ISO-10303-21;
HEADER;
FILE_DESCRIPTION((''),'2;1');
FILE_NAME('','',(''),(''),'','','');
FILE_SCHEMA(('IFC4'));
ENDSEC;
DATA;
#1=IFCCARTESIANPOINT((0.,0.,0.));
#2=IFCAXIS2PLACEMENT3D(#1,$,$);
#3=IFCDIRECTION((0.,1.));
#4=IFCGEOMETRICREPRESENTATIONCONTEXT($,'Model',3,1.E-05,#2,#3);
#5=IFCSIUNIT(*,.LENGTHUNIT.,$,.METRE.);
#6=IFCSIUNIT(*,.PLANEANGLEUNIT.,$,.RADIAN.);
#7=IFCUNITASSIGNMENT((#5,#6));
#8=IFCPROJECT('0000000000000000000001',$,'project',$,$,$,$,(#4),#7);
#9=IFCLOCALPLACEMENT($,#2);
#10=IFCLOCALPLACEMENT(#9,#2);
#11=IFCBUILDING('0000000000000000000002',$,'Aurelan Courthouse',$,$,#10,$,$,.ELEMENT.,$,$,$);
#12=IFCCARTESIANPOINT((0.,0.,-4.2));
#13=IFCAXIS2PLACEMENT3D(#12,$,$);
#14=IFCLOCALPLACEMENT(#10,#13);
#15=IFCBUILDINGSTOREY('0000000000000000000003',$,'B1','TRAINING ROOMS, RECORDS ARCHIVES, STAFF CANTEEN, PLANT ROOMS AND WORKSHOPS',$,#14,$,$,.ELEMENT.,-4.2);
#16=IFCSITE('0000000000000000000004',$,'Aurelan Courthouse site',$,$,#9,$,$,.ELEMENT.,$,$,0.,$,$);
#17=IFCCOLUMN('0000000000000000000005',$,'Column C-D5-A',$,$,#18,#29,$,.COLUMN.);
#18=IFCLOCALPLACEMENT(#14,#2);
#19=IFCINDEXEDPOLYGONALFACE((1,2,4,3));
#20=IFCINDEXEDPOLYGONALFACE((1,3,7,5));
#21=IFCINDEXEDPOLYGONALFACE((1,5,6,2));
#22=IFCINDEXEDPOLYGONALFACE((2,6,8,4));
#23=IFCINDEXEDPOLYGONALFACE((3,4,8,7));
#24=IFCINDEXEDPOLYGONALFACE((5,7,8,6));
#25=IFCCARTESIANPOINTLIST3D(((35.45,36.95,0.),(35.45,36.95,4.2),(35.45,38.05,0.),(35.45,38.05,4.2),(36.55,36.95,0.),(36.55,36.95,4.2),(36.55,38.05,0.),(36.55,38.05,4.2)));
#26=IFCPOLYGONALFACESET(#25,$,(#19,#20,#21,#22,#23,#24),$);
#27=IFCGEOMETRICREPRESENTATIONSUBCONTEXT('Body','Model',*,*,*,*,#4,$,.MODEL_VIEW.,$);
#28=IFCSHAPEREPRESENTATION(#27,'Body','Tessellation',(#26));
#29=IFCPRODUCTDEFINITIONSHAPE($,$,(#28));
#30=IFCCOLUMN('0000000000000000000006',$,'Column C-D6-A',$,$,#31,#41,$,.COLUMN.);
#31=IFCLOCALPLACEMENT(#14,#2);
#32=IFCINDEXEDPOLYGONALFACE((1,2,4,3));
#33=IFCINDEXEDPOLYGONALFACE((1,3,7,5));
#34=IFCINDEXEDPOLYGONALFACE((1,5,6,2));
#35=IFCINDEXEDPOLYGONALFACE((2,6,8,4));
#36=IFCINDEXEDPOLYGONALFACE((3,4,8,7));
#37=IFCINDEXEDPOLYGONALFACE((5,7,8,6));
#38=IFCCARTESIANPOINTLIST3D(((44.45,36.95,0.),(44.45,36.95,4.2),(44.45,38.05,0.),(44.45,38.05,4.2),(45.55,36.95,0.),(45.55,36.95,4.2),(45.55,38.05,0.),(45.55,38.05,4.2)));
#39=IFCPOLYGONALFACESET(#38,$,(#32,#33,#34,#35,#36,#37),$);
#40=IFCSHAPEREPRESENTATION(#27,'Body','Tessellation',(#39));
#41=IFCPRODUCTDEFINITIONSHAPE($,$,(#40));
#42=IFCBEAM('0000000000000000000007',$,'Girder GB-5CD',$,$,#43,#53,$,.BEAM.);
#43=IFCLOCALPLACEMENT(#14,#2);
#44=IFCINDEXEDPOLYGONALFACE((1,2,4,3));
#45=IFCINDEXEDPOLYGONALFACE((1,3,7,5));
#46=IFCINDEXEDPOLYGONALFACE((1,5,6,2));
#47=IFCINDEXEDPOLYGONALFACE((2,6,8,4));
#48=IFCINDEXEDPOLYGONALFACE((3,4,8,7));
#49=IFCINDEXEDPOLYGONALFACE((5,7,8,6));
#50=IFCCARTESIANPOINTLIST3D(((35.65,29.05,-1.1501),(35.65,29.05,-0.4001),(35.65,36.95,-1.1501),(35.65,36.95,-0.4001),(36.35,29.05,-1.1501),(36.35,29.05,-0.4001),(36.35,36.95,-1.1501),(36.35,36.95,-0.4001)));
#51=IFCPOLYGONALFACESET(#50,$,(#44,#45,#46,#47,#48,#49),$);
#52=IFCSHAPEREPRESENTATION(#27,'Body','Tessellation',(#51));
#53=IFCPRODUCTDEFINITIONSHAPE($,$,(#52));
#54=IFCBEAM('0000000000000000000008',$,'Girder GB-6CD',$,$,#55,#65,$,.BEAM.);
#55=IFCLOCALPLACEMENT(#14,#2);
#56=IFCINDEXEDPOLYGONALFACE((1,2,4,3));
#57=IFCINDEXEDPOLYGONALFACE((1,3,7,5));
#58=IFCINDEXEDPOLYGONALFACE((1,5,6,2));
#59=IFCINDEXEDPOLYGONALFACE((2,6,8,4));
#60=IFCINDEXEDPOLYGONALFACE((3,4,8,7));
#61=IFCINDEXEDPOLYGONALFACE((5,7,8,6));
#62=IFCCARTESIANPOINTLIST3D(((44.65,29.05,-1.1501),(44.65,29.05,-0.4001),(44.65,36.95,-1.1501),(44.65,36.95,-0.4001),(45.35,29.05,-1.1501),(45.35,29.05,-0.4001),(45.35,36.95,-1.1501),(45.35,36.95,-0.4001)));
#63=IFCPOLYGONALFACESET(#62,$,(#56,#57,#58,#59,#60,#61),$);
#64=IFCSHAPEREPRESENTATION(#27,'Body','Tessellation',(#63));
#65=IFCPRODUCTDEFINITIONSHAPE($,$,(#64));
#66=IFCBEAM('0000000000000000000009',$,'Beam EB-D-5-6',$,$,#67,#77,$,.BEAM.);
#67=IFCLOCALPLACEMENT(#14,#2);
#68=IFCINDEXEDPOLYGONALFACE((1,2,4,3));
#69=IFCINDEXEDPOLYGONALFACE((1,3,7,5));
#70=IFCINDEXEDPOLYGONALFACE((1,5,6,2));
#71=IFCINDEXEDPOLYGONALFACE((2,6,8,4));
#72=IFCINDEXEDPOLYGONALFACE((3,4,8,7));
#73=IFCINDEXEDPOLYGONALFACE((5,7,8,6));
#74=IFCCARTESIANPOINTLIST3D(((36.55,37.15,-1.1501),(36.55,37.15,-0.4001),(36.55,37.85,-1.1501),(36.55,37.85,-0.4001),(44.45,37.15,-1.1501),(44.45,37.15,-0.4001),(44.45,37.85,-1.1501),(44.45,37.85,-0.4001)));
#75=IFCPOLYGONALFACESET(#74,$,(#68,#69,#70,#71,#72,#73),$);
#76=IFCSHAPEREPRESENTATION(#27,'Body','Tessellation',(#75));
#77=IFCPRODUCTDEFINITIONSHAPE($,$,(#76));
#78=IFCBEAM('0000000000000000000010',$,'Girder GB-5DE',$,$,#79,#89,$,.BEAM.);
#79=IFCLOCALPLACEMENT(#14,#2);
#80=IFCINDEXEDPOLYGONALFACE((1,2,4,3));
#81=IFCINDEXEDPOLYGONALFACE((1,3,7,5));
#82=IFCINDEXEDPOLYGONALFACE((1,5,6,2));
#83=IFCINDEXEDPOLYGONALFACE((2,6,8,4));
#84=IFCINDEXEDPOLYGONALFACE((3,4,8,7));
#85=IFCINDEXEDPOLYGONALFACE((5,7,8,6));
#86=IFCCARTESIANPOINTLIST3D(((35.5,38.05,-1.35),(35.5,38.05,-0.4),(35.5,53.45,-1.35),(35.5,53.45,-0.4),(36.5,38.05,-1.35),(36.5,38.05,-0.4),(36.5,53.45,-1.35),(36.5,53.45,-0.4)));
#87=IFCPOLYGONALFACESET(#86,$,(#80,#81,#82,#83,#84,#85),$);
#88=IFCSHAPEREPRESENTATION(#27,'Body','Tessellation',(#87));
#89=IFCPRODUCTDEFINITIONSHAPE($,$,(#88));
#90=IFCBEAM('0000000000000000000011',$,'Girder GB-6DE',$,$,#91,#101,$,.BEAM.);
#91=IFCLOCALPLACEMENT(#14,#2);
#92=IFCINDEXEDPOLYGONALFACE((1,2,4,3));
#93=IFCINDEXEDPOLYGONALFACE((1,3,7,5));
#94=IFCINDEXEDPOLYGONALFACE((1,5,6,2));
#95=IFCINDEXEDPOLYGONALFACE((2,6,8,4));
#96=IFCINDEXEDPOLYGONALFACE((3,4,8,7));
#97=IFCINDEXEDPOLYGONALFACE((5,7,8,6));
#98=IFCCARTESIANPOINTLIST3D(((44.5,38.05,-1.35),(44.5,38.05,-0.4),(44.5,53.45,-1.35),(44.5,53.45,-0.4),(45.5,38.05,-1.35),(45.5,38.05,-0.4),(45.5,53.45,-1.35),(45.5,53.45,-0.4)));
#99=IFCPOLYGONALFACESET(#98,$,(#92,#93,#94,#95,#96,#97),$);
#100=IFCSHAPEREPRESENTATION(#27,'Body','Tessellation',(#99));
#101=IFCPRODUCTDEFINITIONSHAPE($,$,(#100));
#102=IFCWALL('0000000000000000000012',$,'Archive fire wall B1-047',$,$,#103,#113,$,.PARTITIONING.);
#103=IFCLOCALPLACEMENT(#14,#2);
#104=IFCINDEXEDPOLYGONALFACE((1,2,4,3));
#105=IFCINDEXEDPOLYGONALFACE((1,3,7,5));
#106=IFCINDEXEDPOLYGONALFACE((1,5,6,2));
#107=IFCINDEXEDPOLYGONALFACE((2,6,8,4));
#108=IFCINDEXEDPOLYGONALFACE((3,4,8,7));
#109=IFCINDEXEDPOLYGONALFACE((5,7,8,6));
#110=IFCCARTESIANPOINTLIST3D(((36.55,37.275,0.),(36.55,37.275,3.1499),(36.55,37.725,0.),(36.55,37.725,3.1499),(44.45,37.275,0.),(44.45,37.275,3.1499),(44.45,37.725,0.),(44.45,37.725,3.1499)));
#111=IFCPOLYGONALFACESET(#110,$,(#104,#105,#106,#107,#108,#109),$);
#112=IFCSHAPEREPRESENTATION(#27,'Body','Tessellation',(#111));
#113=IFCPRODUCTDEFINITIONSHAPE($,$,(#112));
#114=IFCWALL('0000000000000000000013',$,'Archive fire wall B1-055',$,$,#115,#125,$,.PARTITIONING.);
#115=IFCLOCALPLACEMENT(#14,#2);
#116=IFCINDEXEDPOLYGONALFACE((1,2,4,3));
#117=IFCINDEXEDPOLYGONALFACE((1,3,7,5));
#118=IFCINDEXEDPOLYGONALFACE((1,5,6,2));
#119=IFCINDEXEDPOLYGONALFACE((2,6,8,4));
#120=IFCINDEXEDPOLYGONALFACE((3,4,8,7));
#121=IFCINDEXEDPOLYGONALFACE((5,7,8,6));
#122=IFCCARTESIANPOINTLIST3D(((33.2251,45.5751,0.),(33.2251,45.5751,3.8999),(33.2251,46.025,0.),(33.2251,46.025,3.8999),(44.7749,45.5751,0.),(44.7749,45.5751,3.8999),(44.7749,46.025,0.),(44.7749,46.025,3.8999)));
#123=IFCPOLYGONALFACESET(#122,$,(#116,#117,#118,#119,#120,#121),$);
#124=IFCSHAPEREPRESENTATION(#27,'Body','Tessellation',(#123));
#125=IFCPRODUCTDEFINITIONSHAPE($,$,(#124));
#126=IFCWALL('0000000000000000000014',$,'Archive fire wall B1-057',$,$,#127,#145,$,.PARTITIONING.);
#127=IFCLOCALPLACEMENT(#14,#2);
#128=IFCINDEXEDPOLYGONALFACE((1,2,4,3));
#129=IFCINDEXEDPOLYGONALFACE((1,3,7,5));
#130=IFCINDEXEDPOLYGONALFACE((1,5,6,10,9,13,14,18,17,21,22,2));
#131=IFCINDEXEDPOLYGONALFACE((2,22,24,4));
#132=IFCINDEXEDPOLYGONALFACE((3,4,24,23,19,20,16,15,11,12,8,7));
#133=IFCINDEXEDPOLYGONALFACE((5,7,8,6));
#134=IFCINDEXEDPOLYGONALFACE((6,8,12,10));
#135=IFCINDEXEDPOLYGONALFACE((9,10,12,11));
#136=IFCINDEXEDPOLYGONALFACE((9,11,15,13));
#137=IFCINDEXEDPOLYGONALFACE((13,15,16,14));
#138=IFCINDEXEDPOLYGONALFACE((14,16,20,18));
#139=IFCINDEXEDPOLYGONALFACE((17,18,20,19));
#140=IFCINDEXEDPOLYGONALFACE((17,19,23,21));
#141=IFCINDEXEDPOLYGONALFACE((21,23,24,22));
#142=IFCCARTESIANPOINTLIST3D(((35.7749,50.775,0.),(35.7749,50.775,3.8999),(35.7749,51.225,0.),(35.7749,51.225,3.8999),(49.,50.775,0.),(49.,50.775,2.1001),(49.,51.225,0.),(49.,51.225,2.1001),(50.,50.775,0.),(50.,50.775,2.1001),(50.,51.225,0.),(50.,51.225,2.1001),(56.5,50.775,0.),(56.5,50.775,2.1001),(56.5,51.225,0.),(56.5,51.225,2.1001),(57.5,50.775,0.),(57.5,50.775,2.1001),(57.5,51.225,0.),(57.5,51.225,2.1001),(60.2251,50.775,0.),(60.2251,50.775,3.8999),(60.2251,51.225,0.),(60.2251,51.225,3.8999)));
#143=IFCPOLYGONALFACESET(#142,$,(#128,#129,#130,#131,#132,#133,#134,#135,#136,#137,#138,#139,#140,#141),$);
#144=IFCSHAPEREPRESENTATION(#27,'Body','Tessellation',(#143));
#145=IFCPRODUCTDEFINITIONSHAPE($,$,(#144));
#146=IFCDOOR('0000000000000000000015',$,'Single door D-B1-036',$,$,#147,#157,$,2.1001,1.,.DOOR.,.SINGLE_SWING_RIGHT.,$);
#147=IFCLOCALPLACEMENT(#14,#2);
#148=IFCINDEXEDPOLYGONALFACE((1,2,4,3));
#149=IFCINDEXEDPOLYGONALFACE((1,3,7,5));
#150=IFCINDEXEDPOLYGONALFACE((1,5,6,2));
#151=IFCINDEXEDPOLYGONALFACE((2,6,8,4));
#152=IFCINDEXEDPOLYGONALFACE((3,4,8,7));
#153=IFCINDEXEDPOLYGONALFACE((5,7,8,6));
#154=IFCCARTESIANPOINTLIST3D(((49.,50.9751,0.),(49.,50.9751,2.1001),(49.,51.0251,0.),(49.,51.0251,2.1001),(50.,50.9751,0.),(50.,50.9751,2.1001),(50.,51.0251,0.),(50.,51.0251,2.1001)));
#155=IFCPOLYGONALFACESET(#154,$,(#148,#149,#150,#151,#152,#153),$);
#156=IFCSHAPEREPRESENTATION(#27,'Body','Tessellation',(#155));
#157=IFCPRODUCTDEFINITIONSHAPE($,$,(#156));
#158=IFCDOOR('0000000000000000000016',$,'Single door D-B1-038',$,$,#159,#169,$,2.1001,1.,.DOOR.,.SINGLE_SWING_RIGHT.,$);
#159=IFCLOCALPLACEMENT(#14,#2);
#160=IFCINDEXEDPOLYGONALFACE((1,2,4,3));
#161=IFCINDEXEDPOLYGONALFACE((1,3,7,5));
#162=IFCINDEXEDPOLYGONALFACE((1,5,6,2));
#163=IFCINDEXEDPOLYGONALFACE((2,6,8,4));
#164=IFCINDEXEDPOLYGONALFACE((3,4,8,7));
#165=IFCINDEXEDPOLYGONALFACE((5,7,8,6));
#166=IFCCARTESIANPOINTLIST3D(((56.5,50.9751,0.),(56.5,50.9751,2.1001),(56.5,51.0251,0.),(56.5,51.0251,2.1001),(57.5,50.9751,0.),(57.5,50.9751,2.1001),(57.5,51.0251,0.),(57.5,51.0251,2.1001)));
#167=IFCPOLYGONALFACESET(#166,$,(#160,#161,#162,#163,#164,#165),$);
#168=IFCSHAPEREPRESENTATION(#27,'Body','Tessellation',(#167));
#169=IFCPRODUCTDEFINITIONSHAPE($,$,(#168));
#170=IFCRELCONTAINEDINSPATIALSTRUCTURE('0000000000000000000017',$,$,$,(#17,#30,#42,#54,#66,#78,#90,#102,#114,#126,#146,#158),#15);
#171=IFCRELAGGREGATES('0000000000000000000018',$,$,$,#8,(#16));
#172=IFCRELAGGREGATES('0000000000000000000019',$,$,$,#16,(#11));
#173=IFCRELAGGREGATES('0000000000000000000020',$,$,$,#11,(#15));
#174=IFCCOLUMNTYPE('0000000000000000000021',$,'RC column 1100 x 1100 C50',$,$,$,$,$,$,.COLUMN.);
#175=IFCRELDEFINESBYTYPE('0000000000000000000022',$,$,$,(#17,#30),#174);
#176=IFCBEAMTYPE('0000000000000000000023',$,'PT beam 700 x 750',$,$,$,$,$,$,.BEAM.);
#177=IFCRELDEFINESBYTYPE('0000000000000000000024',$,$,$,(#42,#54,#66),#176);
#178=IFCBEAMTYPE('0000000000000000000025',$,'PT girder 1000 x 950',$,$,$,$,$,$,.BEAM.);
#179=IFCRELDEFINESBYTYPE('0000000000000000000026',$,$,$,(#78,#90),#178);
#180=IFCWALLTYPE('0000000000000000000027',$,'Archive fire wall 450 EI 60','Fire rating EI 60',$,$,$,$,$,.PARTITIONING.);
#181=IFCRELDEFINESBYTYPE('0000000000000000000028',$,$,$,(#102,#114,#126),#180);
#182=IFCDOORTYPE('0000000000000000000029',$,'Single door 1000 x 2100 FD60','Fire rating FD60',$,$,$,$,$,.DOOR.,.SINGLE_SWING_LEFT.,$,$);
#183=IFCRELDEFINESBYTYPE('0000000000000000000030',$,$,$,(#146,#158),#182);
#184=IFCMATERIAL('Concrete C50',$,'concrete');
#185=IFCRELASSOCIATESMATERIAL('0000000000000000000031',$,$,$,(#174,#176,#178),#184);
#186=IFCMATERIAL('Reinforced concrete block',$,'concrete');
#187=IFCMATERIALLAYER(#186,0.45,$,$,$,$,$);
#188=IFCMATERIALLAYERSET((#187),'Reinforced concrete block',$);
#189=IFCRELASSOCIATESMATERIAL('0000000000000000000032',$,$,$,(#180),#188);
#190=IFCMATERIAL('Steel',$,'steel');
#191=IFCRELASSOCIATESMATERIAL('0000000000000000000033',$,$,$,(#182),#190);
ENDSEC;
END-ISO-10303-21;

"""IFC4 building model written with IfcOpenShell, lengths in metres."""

from ifc_helpers import new_model, si_unit, direction, frame, frame_2d, origin, origin_2d, place, context, subcontext, project, spatial, rectangle, extrude, material, layer, layer_set, material_profile, profile_set, type_object, element, fill, save


model = new_model("IFC4")

# Units and contexts
model_context = context("Model", 3, precision=1e-05, world=origin(), true_north=direction((0.0, 1.0)))
body_context = subcontext(model_context, "Body", "Model", "MODEL_VIEW")
ifc_project = project(units=[si_unit("LENGTHUNIT", "METRE"), si_unit("PLANEANGLEUNIT", "RADIAN")], contexts=[model_context])

# Site, building, storey
site_placement = place(None, origin())
site = spatial("IfcSite", under=ifc_project, at=site_placement, Name="Aurelan Courthouse site", CompositionType="ELEMENT", RefElevation=0.0)
building_placement = place(site_placement, origin())
building = spatial("IfcBuilding", under=site, at=building_placement, Name="Aurelan Courthouse", CompositionType="ELEMENT")
storey_placement = place(building_placement, frame((0.0, 0.0, -4.2)))
storey = spatial("IfcBuildingStorey", under=building, at=storey_placement, Name="B1", Description="TRAINING ROOMS, RECORDS ARCHIVES, STAFF CANTEEN, PLANT ROOMS AND WORKSHOPS", CompositionType="ELEMENT", Elevation=-4.2)

# Columns
ifc_material_1 = material(Name="Concrete C50", Category="concrete")
ifc_material_profile_1 = material_profile(ifc_material_1, rectangle(XDim=1.1001, YDim=1.1001, at=origin_2d()), Name="RC 1100 x 1100")
ifc_profile_set_1 = profile_set([ifc_material_profile_1], Name="Concrete C50")
column_type = type_object("IfcColumnType", Name="RC column 1100 x 1100 C50", PredefinedType="COLUMN", material=ifc_profile_set_1)
for number, where, z_axis, x_axis, name in (
    (1, (36.0, 37.5, 0.0), (0.0, 0.0, 1.0), (1.0, 0.0, 0.0), "Column C-D5-A"),
    (2, (45.0, 37.5, 0.0), (0.0, 0.0, 1.0), (1.0, 0.0, 0.0), "Column C-D6-A"),
):
    element("IfcColumn", number, at=place(storey_placement, frame(where, z_axis=z_axis, x_axis=x_axis)), inside=storey, type_object=column_type, Name=name, PredefinedType="COLUMN", context=body_context, shape_type="SweptSolid", body=[
        extrude(rectangle(XDim=1.1001, YDim=1.1001, at=origin_2d()), origin(), (0.0, 0.0, 1.0), 4.2),
    ])

# Beams
ifc_material_profile_2 = material_profile(ifc_material_1, rectangle(XDim=0.7, YDim=0.75, at=origin_2d()), Name="RC 700 x 750")
ifc_profile_set_2 = profile_set([ifc_material_profile_2], Name="Concrete C50")
beam_type_1 = type_object("IfcBeamType", Name="PT beam 700 x 750", PredefinedType="BEAM", material=ifc_profile_set_2)
for number, where, z_axis, x_axis, name in (
    (3, (36.0, 29.05, -0.7751), (0.0, 1.0, 0.0), (-1.0, 0.0, 0.0), "Girder GB-5CD"),
    (4, (45.0, 29.05, -0.7751), (0.0, 1.0, 0.0), (-1.0, 0.0, 0.0), "Girder GB-6CD"),
    (5, (36.55, 37.5, -0.7751), (1.0, 0.0, 0.0), (0.0, 1.0, 0.0), "Beam EB-D-5-6"),
):
    element("IfcBeam", number, at=place(storey_placement, frame(where, z_axis=z_axis, x_axis=x_axis)), inside=storey, type_object=beam_type_1, Name=name, PredefinedType="BEAM", context=body_context, shape_type="SweptSolid", body=[
        extrude(rectangle(XDim=0.7, YDim=0.75, at=origin_2d()), origin(), (0.0, 0.0, 1.0), 7.8999),
    ])
ifc_material_profile_3 = material_profile(ifc_material_1, rectangle(XDim=1.0, YDim=0.95, at=origin_2d()), Name="RC 1000 x 950")
ifc_profile_set_3 = profile_set([ifc_material_profile_3], Name="Concrete C50")
beam_type_2 = type_object("IfcBeamType", Name="PT girder 1000 x 950", PredefinedType="BEAM", material=ifc_profile_set_3)
for number, where, z_axis, x_axis, name in (
    (6, (36.0, 38.05, -0.875), (0.0, 1.0, 0.0), (-1.0, 0.0, 0.0), "Girder GB-5DE"),
    (7, (45.0, 38.05, -0.875), (0.0, 1.0, 0.0), (-1.0, 0.0, 0.0), "Girder GB-6DE"),
):
    element("IfcBeam", number, at=place(storey_placement, frame(where, z_axis=z_axis, x_axis=x_axis)), inside=storey, type_object=beam_type_2, Name=name, PredefinedType="BEAM", context=body_context, shape_type="SweptSolid", body=[
        extrude(rectangle(XDim=1.0, YDim=0.95, at=origin_2d()), origin(), (0.0, 0.0, 1.0), 15.3999),
    ])

# Walls
ifc_material_2 = material(Name="Reinforced concrete block", Category="concrete")
ifc_layer_1 = layer(ifc_material_2, 0.45)
ifc_layer_set_1 = layer_set([ifc_layer_1], Name="Reinforced concrete block")
wall_type_1 = type_object("IfcWallType", Name="Archive fire wall 450 EI 60", Description="Fire rating EI 60", PredefinedType="PARTITIONING", material=ifc_layer_set_1)
wall_1_placement = place(storey_placement, frame((36.55, 37.5, 0.0), z_axis=(0.0, 0.0, 1.0), x_axis=(1.0, 0.0, 0.0)))
element("IfcWall", 8, at=wall_1_placement, inside=storey, type_object=wall_type_1, Name="Archive fire wall B1-047", PredefinedType="PARTITIONING", context=body_context, shape_type="SweptSolid", body=[
    extrude(rectangle(XDim=7.8999, YDim=0.45, at=frame_2d((3.95, 0.0))), origin(), (0.0, 0.0, 1.0), 3.1499),
])
wall_2_placement = place(storey_placement, frame((33.2251, 45.8, 0.0), z_axis=(0.0, 0.0, 1.0), x_axis=(1.0, 0.0, 0.0)))
element("IfcWall", 9, at=wall_2_placement, inside=storey, type_object=wall_type_1, Name="Archive fire wall B1-055", PredefinedType="PARTITIONING", context=body_context, shape_type="SweptSolid", body=[
    extrude(rectangle(XDim=11.5498, YDim=0.45, at=frame_2d((5.7749, 0.0))), origin(), (0.0, 0.0, 1.0), 3.8999),
])

# Wall, openings, doors
wall_3_placement = place(storey_placement, frame((35.7749, 51.0, 0.0), z_axis=(0.0, 0.0, 1.0), x_axis=(1.0, 0.0, 0.0)))
wall_3 = element("IfcWall", 10, at=wall_3_placement, inside=storey, type_object=wall_type_1, Name="Archive fire wall B1-057", PredefinedType="PARTITIONING", context=body_context, shape_type="SweptSolid", body=[
    extrude(rectangle(XDim=24.4502, YDim=0.45, at=frame_2d((12.2251, 0.0))), origin(), (0.0, 0.0, 1.0), 3.8999),
])
opening_1_placement = place(wall_3_placement, frame((14.2251, 0.0, 0.0), z_axis=(0.0, 0.0, 1.0), x_axis=(-1.0, 0.0, 0.0)))
opening_1 = element("IfcOpeningElement", 11, at=opening_1_placement, cuts=wall_3, PredefinedType="OPENING", context=body_context, shape_type="SweptSolid", body=[
    extrude(rectangle(XDim=1.0, YDim=2.1001, at=frame_2d((0.5, 1.05))), frame((0.0, 0.2349, 0.0), z_axis=(0.0, -1.0, 0.0), x_axis=(1.0, 0.0, 0.0)), (0.0, 0.0, 1.0), 0.47),
])
opening_2_placement = place(wall_3_placement, frame((21.7251, 0.0, 0.0), z_axis=(0.0, 0.0, 1.0), x_axis=(-1.0, 0.0, 0.0)))
opening_2 = element("IfcOpeningElement", 12, at=opening_2_placement, cuts=wall_3, PredefinedType="OPENING", context=body_context, shape_type="SweptSolid", body=[
    extrude(rectangle(XDim=1.0, YDim=2.1001, at=frame_2d((0.5, 1.05))), frame((0.0, 0.2349, 0.0), z_axis=(0.0, -1.0, 0.0), x_axis=(1.0, 0.0, 0.0)), (0.0, 0.0, 1.0), 0.47),
])
ifc_material_3 = material(Name="Steel", Category="steel")
door_type = type_object("IfcDoorType", Name="Single door 1000 x 2100 FD60", Description="Fire rating FD60", OperationType="SINGLE_SWING_LEFT", PredefinedType="DOOR", material=ifc_material_3)
door_1_placement = place(opening_1_placement, origin())
door_1 = element("IfcDoor", 13, at=door_1_placement, inside=storey, type_object=door_type, Name="Single door D-B1-036", OperationType="SINGLE_SWING_RIGHT", OverallHeight=2.1001, OverallWidth=1.0, PredefinedType="DOOR", context=body_context, shape_type="SweptSolid", body=[
    extrude(rectangle(XDim=1.0, YDim=2.1001, at=frame_2d((0.5, 1.05))), frame((0.0, 0.0249, 0.0), z_axis=(0.0, -1.0, 0.0), x_axis=(1.0, 0.0, 0.0)), (0.0, 0.0, 1.0), 0.05),
])
fill(opening_1, door_1)
door_2_placement = place(opening_2_placement, origin())
door_2 = element("IfcDoor", 14, at=door_2_placement, inside=storey, type_object=door_type, Name="Single door D-B1-038", OperationType="SINGLE_SWING_RIGHT", OverallHeight=2.1001, OverallWidth=1.0, PredefinedType="DOOR", context=body_context, shape_type="SweptSolid", body=[
    extrude(rectangle(XDim=1.0, YDim=2.1001, at=frame_2d((0.5, 1.05))), frame((0.0, 0.0249, 0.0), z_axis=(0.0, -1.0, 0.0), x_axis=(1.0, 0.0, 0.0)), (0.0, 0.0, 1.0), 0.05),
])
fill(opening_2, door_2)

save(model, "model.ifc")
